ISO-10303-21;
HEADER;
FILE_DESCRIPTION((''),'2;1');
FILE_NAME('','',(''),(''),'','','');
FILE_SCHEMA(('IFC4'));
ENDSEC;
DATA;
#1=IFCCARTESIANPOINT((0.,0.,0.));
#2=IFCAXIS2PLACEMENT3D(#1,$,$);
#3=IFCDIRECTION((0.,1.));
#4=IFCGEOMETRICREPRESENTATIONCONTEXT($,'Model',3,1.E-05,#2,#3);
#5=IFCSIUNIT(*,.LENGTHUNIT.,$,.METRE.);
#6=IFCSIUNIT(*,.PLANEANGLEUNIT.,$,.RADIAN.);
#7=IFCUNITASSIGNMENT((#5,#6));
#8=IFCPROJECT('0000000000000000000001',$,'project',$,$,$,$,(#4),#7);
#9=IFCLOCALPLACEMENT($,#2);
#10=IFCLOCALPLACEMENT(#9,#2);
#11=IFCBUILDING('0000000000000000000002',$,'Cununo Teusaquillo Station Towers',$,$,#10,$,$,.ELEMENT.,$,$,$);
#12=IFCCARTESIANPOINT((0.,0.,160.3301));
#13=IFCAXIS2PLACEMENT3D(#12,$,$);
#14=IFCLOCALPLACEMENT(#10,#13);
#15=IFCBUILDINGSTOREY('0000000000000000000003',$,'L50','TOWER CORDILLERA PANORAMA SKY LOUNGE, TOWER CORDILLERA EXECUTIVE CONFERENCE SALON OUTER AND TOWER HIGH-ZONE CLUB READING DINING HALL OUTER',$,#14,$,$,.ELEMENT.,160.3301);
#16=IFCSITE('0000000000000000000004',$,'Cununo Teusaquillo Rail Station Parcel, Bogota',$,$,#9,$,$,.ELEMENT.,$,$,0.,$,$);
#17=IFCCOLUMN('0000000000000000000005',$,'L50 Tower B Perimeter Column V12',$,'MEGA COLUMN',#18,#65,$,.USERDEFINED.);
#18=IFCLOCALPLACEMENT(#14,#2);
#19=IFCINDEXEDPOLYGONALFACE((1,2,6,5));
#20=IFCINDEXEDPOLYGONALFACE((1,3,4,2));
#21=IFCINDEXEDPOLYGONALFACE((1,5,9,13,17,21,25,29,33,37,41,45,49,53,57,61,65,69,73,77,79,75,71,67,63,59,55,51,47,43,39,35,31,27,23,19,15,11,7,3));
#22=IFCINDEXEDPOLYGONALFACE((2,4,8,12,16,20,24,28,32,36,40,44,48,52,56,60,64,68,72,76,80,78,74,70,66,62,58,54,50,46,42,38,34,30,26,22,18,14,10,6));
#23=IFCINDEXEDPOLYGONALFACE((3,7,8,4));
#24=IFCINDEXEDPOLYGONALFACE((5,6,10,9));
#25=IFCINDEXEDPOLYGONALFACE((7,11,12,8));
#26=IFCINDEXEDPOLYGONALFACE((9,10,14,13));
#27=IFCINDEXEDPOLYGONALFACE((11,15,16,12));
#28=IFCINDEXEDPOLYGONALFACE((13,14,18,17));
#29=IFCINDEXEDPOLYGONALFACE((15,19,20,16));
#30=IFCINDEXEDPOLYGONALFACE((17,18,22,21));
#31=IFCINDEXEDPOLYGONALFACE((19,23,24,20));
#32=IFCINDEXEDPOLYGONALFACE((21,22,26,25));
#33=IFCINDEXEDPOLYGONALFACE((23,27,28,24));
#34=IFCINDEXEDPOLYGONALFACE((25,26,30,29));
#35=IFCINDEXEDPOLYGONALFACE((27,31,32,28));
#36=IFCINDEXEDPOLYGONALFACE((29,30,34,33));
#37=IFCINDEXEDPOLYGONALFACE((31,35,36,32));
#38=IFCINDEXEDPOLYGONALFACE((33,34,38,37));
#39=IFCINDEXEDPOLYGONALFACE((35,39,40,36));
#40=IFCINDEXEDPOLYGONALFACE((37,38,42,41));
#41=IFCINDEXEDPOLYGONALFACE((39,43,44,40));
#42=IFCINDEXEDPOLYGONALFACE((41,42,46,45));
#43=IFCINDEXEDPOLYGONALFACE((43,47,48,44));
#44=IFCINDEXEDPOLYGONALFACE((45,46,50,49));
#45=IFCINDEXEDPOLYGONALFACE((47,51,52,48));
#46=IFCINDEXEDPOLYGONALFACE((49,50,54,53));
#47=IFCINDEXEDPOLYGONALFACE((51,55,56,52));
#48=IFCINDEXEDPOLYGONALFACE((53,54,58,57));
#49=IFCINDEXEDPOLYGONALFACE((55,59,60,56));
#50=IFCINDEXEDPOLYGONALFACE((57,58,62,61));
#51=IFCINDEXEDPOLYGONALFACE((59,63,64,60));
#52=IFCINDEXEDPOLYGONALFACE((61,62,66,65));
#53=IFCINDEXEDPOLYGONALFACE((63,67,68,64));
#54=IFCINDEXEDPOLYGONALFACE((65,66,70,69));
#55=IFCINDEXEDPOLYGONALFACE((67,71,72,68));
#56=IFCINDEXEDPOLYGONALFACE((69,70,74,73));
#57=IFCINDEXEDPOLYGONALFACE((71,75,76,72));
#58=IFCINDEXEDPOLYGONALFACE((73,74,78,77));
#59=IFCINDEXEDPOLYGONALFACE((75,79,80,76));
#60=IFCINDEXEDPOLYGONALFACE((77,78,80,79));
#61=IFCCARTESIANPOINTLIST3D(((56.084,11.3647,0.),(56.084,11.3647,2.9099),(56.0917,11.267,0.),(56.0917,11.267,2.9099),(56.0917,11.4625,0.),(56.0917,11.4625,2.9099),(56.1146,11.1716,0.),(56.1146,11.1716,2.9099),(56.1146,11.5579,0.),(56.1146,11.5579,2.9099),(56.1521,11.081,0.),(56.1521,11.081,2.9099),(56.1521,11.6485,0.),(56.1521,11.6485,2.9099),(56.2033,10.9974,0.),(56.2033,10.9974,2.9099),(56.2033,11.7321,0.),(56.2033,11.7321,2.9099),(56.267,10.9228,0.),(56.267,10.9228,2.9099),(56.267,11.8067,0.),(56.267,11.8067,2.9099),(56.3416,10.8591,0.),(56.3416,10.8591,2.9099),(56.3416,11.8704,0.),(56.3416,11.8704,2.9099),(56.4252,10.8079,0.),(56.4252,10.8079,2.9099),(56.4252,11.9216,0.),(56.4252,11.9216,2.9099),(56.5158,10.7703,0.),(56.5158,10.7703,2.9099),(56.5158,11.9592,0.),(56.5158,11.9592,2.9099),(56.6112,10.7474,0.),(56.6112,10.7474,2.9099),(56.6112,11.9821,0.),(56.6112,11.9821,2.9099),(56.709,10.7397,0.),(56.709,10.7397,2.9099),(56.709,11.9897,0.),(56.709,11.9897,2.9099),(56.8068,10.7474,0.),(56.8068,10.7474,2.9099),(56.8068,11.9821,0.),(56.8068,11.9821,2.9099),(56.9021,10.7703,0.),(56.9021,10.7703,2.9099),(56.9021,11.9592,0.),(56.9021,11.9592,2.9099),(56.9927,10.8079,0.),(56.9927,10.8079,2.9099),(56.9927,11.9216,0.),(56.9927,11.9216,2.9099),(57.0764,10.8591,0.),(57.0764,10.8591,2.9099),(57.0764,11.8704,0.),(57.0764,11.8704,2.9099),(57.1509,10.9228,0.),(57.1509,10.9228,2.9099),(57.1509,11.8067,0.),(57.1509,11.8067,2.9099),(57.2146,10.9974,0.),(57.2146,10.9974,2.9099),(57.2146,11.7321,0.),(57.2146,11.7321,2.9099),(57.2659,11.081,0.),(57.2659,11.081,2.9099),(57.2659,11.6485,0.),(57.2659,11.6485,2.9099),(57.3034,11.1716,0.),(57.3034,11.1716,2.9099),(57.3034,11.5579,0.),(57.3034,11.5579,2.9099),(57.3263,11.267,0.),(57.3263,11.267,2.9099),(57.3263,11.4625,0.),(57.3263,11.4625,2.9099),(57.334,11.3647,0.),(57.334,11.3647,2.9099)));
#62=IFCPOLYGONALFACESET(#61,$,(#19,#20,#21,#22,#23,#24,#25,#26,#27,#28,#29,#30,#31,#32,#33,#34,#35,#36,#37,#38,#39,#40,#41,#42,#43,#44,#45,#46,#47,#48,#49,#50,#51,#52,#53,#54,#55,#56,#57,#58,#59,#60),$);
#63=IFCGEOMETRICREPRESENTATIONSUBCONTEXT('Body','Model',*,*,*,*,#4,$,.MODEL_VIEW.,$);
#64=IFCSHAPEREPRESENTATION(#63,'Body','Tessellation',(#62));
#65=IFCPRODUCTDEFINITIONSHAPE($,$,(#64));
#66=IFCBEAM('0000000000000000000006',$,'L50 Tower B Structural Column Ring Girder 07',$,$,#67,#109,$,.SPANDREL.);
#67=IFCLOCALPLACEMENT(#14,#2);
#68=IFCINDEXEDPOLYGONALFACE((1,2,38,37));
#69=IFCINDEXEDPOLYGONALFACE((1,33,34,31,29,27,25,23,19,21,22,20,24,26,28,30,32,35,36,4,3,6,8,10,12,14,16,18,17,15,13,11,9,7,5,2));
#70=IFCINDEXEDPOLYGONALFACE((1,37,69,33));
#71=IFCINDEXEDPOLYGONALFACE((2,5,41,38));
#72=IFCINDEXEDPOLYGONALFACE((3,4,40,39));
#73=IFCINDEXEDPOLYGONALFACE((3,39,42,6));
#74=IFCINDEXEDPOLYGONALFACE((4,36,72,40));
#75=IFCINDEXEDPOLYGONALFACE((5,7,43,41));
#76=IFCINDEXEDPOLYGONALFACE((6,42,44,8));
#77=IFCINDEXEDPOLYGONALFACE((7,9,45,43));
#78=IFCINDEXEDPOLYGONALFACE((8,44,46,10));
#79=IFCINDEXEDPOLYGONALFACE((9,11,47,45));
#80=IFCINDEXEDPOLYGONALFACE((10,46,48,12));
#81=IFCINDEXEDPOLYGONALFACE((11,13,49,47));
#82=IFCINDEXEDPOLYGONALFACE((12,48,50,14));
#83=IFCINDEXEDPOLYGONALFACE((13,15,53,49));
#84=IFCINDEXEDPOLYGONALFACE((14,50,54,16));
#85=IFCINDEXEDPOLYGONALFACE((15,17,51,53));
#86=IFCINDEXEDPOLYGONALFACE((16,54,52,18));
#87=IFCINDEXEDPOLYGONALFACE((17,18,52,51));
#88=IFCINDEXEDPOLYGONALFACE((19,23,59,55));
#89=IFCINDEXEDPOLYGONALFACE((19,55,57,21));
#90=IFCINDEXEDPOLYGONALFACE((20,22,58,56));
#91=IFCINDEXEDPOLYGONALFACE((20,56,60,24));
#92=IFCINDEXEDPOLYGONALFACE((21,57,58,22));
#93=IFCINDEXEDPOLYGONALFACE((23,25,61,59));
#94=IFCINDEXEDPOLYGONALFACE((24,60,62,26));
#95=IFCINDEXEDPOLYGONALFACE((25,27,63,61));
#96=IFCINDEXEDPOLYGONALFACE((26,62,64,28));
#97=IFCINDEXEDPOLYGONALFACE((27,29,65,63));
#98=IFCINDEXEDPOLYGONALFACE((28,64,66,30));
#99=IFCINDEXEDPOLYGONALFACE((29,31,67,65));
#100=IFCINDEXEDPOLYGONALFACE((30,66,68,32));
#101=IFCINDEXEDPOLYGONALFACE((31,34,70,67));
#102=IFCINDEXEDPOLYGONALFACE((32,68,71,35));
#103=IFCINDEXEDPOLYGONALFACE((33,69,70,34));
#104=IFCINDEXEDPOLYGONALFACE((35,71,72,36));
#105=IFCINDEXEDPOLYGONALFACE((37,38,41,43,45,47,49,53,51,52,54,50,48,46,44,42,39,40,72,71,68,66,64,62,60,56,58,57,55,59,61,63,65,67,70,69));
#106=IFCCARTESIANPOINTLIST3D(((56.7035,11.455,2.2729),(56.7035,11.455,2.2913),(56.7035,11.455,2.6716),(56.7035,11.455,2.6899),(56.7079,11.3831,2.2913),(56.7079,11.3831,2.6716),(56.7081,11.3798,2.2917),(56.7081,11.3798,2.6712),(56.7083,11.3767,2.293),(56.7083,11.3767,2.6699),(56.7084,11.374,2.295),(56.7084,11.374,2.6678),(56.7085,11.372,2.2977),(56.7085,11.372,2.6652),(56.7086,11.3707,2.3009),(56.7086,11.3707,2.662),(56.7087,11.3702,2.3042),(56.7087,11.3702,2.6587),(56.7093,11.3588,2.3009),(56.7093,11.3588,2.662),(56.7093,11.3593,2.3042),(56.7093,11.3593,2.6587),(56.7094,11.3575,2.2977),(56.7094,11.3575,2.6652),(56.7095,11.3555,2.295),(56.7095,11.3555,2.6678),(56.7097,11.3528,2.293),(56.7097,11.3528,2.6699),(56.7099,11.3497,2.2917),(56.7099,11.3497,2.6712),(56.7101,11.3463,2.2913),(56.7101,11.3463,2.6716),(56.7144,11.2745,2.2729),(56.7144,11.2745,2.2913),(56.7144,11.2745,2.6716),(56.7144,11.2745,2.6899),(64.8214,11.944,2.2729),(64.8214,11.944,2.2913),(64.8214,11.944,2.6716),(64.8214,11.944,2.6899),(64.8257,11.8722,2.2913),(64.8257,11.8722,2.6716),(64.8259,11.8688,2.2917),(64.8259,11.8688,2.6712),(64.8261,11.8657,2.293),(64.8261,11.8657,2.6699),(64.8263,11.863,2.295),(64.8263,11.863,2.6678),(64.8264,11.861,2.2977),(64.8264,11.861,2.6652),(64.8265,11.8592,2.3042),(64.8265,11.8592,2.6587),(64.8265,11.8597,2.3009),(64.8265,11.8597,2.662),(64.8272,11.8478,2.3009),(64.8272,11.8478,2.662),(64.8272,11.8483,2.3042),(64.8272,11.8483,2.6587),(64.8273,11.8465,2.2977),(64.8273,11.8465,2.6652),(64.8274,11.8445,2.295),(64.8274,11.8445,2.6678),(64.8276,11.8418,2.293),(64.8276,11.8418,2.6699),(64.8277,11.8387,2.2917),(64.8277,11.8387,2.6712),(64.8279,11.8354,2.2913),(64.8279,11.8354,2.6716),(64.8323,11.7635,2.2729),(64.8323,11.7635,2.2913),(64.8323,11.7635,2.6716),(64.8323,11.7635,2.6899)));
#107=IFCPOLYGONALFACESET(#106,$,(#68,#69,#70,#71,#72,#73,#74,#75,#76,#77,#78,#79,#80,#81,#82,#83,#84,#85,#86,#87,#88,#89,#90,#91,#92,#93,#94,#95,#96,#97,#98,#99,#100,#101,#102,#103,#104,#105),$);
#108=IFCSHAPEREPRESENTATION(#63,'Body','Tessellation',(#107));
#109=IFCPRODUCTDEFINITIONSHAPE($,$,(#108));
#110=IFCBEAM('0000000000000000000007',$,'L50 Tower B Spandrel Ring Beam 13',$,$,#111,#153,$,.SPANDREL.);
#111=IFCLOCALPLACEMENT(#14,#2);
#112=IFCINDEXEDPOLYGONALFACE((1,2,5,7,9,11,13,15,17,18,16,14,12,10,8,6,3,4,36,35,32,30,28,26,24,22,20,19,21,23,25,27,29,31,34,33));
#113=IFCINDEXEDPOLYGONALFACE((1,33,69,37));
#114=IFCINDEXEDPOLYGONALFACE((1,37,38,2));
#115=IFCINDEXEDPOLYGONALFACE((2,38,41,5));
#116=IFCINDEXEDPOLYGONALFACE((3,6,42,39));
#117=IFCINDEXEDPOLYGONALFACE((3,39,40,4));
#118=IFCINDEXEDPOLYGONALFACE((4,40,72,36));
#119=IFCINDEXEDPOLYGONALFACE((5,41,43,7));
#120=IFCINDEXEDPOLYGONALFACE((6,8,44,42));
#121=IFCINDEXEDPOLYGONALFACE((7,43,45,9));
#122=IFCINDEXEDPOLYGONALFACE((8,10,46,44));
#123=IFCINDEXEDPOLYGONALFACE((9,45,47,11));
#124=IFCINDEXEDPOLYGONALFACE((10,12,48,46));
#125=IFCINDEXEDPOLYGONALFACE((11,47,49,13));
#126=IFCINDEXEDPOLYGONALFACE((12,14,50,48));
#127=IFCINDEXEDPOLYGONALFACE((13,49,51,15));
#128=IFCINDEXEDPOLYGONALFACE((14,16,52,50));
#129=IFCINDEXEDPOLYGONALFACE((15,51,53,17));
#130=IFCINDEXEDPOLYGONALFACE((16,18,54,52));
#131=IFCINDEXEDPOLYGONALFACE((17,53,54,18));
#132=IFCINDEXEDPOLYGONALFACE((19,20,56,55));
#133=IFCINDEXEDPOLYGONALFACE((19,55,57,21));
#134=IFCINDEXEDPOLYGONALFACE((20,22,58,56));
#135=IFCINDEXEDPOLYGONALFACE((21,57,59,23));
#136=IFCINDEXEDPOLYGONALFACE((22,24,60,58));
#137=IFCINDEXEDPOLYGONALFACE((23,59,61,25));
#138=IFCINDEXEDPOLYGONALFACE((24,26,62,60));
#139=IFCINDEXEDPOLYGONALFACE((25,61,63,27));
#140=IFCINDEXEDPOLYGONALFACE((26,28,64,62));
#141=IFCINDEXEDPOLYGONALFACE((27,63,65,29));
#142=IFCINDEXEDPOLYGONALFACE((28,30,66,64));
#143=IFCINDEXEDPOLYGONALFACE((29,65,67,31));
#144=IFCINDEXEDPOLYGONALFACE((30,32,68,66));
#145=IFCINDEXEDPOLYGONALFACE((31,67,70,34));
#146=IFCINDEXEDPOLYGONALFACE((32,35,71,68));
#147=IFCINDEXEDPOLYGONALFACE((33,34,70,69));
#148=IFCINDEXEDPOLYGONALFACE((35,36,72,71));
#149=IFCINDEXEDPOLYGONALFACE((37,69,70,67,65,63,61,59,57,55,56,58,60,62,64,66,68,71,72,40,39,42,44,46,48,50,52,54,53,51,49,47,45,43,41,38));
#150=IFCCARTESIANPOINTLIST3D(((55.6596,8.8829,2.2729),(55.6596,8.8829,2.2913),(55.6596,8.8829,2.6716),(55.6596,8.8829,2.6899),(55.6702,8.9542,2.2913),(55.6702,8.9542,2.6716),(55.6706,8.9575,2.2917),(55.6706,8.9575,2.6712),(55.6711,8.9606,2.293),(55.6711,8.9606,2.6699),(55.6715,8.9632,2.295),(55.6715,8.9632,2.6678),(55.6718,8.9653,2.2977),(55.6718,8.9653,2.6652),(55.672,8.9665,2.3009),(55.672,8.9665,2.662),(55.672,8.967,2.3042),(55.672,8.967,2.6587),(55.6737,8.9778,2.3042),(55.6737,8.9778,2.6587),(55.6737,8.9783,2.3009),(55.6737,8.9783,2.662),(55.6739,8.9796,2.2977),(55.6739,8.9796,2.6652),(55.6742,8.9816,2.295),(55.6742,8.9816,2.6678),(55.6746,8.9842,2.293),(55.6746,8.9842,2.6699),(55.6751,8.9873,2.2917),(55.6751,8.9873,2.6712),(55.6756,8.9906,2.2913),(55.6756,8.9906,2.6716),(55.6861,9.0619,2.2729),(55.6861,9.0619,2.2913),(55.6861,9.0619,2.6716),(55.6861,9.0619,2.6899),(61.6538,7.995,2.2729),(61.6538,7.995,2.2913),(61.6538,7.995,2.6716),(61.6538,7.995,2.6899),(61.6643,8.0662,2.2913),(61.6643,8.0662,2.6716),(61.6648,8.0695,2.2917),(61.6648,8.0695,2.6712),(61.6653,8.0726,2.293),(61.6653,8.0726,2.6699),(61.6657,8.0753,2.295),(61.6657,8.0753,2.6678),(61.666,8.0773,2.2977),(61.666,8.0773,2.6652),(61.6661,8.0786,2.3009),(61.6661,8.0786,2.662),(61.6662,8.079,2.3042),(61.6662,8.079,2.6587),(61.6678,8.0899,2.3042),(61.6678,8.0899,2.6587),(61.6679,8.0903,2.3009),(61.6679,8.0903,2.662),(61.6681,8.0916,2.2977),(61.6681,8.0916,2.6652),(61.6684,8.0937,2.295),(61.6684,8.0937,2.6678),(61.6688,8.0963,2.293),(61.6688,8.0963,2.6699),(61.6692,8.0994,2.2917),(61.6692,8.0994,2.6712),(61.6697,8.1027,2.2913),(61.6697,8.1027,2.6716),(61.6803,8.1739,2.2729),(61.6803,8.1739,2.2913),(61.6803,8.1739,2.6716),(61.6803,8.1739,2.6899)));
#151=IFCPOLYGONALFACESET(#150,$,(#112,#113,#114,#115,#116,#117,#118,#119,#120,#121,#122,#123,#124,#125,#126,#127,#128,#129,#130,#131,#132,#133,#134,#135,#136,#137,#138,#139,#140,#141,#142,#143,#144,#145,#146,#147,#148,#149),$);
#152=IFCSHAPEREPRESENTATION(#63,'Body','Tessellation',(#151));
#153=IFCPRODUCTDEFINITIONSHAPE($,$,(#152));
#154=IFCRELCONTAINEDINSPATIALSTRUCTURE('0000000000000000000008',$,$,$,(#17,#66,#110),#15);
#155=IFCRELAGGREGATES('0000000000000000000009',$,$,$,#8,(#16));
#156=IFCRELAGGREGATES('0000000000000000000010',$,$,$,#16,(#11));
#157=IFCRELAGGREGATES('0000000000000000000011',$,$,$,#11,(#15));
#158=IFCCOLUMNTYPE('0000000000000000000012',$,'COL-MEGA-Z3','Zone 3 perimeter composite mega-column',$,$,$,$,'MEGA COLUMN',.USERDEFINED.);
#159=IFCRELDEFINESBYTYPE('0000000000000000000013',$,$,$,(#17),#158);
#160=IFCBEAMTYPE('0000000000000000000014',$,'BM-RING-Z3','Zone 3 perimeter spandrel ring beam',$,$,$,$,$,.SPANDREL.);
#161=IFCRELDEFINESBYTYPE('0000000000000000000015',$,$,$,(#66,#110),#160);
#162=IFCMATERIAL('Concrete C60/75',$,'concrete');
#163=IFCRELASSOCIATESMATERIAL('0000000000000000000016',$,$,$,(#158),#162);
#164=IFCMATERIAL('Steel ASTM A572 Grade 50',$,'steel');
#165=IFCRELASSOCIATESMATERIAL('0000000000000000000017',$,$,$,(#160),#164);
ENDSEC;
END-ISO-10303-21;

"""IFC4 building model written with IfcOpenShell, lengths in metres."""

from ifc_helpers import new_model, si_unit, direction, frame, origin, origin_2d, place, context, subcontext, project, spatial, circle, i_section, extrude, material, material_profile, profile_set, type_object, element, save


model = new_model("IFC4")

# Units and contexts
model_context = context("Model", 3, precision=1e-05, world=origin(), true_north=direction((0.0, 1.0)))
body_context = subcontext(model_context, "Body", "Model", "MODEL_VIEW")
ifc_project = project(units=[si_unit("LENGTHUNIT", "METRE"), si_unit("PLANEANGLEUNIT", "RADIAN")], contexts=[model_context])

# Site, building, storey
site_placement = place(None, origin())
site = spatial("IfcSite", under=ifc_project, at=site_placement, Name="Cununo Teusaquillo Rail Station Parcel, Bogota", CompositionType="ELEMENT", RefElevation=0.0)
building_placement = place(site_placement, origin())
building = spatial("IfcBuilding", under=site, at=building_placement, Name="Cununo Teusaquillo Station Towers", CompositionType="ELEMENT")
storey_placement = place(building_placement, frame((0.0, 0.0, 160.3301)))
storey = spatial("IfcBuildingStorey", under=building, at=storey_placement, Name="L50", Description="TOWER CORDILLERA PANORAMA SKY LOUNGE, TOWER CORDILLERA EXECUTIVE CONFERENCE SALON OUTER AND TOWER HIGH-ZONE CLUB READING DINING HALL OUTER", CompositionType="ELEMENT", Elevation=160.3301)

# Column
ifc_material_1 = material(Name="Concrete C60/75", Category="concrete")
ifc_material_profile_1 = material_profile(ifc_material_1, circle(Radius=0.625, at=origin_2d()), Name="RC-CIRC-1250")
ifc_profile_set_1 = profile_set([ifc_material_profile_1], Name="Concrete C60/75")
column_type = type_object("IfcColumnType", Name="COL-MEGA-Z3", Description="Zone 3 perimeter composite mega-column", ElementType="MEGA COLUMN", PredefinedType="USERDEFINED", material=ifc_profile_set_1)
column_placement = place(storey_placement, frame((56.709, 11.3647, 0.0), z_axis=(0.0, 0.0, 1.0), x_axis=(1.0, 0.0, 0.0)))
element("IfcColumn", 1, at=column_placement, inside=storey, type_object=column_type, Name="L50 Tower B Perimeter Column V12", ObjectType="MEGA COLUMN", PredefinedType="USERDEFINED", context=body_context, shape_type="SweptSolid", body=[
    extrude(circle(Radius=0.625, at=origin_2d()), origin(), (0.0, 0.0, 1.0), 2.9099),
])

# Beams
ifc_material_2 = material(Name="Steel ASTM A572 Grade 50", Category="steel")
ifc_material_profile_2 = material_profile(ifc_material_2, i_section(OverallWidth=0.1809, OverallDepth=0.417, WebThickness=0.011, FlangeThickness=0.0183, FilletRadius=0.0129, at=origin_2d()), Name="W16X57")
ifc_profile_set_2 = profile_set([ifc_material_profile_2], Name="Steel ASTM A572 Grade 50")
beam_type = type_object("IfcBeamType", Name="BM-RING-Z3", Description="Zone 3 perimeter spandrel ring beam", PredefinedType="SPANDREL", material=ifc_profile_set_2)
beam_1_placement = place(storey_placement, frame((56.709, 11.3647, 2.4814), z_axis=(0.998191, 0.06013, 0.0), x_axis=(-0.06013, 0.998191, 0.0)))
element("IfcBeam", 2, at=beam_1_placement, inside=storey, type_object=beam_type, Name="L50 Tower B Structural Column Ring Girder 07", PredefinedType="SPANDREL", context=body_context, shape_type="SweptSolid", body=[
    extrude(i_section(OverallWidth=0.1809, OverallDepth=0.417, WebThickness=0.011, FlangeThickness=0.0183, FilletRadius=0.0129, at=origin_2d()), origin(), (0.0, 0.0, 1.0), 8.1326),
])
beam_2_placement = place(storey_placement, frame((55.6729, 8.9724, 2.4814), z_axis=(0.989205, -0.146536, 0.0), x_axis=(0.146536, 0.989205, 0.0)))
element("IfcBeam", 3, at=beam_2_placement, inside=storey, type_object=beam_type, Name="L50 Tower B Spandrel Ring Beam 13", PredefinedType="SPANDREL", context=body_context, shape_type="SweptSolid", body=[
    extrude(i_section(OverallWidth=0.1809, OverallDepth=0.417, WebThickness=0.011, FlangeThickness=0.0183, FilletRadius=0.0129, at=origin_2d()), origin(), (0.0, 0.0, 1.0), 6.0596),
])

save(model, "model.ifc")
